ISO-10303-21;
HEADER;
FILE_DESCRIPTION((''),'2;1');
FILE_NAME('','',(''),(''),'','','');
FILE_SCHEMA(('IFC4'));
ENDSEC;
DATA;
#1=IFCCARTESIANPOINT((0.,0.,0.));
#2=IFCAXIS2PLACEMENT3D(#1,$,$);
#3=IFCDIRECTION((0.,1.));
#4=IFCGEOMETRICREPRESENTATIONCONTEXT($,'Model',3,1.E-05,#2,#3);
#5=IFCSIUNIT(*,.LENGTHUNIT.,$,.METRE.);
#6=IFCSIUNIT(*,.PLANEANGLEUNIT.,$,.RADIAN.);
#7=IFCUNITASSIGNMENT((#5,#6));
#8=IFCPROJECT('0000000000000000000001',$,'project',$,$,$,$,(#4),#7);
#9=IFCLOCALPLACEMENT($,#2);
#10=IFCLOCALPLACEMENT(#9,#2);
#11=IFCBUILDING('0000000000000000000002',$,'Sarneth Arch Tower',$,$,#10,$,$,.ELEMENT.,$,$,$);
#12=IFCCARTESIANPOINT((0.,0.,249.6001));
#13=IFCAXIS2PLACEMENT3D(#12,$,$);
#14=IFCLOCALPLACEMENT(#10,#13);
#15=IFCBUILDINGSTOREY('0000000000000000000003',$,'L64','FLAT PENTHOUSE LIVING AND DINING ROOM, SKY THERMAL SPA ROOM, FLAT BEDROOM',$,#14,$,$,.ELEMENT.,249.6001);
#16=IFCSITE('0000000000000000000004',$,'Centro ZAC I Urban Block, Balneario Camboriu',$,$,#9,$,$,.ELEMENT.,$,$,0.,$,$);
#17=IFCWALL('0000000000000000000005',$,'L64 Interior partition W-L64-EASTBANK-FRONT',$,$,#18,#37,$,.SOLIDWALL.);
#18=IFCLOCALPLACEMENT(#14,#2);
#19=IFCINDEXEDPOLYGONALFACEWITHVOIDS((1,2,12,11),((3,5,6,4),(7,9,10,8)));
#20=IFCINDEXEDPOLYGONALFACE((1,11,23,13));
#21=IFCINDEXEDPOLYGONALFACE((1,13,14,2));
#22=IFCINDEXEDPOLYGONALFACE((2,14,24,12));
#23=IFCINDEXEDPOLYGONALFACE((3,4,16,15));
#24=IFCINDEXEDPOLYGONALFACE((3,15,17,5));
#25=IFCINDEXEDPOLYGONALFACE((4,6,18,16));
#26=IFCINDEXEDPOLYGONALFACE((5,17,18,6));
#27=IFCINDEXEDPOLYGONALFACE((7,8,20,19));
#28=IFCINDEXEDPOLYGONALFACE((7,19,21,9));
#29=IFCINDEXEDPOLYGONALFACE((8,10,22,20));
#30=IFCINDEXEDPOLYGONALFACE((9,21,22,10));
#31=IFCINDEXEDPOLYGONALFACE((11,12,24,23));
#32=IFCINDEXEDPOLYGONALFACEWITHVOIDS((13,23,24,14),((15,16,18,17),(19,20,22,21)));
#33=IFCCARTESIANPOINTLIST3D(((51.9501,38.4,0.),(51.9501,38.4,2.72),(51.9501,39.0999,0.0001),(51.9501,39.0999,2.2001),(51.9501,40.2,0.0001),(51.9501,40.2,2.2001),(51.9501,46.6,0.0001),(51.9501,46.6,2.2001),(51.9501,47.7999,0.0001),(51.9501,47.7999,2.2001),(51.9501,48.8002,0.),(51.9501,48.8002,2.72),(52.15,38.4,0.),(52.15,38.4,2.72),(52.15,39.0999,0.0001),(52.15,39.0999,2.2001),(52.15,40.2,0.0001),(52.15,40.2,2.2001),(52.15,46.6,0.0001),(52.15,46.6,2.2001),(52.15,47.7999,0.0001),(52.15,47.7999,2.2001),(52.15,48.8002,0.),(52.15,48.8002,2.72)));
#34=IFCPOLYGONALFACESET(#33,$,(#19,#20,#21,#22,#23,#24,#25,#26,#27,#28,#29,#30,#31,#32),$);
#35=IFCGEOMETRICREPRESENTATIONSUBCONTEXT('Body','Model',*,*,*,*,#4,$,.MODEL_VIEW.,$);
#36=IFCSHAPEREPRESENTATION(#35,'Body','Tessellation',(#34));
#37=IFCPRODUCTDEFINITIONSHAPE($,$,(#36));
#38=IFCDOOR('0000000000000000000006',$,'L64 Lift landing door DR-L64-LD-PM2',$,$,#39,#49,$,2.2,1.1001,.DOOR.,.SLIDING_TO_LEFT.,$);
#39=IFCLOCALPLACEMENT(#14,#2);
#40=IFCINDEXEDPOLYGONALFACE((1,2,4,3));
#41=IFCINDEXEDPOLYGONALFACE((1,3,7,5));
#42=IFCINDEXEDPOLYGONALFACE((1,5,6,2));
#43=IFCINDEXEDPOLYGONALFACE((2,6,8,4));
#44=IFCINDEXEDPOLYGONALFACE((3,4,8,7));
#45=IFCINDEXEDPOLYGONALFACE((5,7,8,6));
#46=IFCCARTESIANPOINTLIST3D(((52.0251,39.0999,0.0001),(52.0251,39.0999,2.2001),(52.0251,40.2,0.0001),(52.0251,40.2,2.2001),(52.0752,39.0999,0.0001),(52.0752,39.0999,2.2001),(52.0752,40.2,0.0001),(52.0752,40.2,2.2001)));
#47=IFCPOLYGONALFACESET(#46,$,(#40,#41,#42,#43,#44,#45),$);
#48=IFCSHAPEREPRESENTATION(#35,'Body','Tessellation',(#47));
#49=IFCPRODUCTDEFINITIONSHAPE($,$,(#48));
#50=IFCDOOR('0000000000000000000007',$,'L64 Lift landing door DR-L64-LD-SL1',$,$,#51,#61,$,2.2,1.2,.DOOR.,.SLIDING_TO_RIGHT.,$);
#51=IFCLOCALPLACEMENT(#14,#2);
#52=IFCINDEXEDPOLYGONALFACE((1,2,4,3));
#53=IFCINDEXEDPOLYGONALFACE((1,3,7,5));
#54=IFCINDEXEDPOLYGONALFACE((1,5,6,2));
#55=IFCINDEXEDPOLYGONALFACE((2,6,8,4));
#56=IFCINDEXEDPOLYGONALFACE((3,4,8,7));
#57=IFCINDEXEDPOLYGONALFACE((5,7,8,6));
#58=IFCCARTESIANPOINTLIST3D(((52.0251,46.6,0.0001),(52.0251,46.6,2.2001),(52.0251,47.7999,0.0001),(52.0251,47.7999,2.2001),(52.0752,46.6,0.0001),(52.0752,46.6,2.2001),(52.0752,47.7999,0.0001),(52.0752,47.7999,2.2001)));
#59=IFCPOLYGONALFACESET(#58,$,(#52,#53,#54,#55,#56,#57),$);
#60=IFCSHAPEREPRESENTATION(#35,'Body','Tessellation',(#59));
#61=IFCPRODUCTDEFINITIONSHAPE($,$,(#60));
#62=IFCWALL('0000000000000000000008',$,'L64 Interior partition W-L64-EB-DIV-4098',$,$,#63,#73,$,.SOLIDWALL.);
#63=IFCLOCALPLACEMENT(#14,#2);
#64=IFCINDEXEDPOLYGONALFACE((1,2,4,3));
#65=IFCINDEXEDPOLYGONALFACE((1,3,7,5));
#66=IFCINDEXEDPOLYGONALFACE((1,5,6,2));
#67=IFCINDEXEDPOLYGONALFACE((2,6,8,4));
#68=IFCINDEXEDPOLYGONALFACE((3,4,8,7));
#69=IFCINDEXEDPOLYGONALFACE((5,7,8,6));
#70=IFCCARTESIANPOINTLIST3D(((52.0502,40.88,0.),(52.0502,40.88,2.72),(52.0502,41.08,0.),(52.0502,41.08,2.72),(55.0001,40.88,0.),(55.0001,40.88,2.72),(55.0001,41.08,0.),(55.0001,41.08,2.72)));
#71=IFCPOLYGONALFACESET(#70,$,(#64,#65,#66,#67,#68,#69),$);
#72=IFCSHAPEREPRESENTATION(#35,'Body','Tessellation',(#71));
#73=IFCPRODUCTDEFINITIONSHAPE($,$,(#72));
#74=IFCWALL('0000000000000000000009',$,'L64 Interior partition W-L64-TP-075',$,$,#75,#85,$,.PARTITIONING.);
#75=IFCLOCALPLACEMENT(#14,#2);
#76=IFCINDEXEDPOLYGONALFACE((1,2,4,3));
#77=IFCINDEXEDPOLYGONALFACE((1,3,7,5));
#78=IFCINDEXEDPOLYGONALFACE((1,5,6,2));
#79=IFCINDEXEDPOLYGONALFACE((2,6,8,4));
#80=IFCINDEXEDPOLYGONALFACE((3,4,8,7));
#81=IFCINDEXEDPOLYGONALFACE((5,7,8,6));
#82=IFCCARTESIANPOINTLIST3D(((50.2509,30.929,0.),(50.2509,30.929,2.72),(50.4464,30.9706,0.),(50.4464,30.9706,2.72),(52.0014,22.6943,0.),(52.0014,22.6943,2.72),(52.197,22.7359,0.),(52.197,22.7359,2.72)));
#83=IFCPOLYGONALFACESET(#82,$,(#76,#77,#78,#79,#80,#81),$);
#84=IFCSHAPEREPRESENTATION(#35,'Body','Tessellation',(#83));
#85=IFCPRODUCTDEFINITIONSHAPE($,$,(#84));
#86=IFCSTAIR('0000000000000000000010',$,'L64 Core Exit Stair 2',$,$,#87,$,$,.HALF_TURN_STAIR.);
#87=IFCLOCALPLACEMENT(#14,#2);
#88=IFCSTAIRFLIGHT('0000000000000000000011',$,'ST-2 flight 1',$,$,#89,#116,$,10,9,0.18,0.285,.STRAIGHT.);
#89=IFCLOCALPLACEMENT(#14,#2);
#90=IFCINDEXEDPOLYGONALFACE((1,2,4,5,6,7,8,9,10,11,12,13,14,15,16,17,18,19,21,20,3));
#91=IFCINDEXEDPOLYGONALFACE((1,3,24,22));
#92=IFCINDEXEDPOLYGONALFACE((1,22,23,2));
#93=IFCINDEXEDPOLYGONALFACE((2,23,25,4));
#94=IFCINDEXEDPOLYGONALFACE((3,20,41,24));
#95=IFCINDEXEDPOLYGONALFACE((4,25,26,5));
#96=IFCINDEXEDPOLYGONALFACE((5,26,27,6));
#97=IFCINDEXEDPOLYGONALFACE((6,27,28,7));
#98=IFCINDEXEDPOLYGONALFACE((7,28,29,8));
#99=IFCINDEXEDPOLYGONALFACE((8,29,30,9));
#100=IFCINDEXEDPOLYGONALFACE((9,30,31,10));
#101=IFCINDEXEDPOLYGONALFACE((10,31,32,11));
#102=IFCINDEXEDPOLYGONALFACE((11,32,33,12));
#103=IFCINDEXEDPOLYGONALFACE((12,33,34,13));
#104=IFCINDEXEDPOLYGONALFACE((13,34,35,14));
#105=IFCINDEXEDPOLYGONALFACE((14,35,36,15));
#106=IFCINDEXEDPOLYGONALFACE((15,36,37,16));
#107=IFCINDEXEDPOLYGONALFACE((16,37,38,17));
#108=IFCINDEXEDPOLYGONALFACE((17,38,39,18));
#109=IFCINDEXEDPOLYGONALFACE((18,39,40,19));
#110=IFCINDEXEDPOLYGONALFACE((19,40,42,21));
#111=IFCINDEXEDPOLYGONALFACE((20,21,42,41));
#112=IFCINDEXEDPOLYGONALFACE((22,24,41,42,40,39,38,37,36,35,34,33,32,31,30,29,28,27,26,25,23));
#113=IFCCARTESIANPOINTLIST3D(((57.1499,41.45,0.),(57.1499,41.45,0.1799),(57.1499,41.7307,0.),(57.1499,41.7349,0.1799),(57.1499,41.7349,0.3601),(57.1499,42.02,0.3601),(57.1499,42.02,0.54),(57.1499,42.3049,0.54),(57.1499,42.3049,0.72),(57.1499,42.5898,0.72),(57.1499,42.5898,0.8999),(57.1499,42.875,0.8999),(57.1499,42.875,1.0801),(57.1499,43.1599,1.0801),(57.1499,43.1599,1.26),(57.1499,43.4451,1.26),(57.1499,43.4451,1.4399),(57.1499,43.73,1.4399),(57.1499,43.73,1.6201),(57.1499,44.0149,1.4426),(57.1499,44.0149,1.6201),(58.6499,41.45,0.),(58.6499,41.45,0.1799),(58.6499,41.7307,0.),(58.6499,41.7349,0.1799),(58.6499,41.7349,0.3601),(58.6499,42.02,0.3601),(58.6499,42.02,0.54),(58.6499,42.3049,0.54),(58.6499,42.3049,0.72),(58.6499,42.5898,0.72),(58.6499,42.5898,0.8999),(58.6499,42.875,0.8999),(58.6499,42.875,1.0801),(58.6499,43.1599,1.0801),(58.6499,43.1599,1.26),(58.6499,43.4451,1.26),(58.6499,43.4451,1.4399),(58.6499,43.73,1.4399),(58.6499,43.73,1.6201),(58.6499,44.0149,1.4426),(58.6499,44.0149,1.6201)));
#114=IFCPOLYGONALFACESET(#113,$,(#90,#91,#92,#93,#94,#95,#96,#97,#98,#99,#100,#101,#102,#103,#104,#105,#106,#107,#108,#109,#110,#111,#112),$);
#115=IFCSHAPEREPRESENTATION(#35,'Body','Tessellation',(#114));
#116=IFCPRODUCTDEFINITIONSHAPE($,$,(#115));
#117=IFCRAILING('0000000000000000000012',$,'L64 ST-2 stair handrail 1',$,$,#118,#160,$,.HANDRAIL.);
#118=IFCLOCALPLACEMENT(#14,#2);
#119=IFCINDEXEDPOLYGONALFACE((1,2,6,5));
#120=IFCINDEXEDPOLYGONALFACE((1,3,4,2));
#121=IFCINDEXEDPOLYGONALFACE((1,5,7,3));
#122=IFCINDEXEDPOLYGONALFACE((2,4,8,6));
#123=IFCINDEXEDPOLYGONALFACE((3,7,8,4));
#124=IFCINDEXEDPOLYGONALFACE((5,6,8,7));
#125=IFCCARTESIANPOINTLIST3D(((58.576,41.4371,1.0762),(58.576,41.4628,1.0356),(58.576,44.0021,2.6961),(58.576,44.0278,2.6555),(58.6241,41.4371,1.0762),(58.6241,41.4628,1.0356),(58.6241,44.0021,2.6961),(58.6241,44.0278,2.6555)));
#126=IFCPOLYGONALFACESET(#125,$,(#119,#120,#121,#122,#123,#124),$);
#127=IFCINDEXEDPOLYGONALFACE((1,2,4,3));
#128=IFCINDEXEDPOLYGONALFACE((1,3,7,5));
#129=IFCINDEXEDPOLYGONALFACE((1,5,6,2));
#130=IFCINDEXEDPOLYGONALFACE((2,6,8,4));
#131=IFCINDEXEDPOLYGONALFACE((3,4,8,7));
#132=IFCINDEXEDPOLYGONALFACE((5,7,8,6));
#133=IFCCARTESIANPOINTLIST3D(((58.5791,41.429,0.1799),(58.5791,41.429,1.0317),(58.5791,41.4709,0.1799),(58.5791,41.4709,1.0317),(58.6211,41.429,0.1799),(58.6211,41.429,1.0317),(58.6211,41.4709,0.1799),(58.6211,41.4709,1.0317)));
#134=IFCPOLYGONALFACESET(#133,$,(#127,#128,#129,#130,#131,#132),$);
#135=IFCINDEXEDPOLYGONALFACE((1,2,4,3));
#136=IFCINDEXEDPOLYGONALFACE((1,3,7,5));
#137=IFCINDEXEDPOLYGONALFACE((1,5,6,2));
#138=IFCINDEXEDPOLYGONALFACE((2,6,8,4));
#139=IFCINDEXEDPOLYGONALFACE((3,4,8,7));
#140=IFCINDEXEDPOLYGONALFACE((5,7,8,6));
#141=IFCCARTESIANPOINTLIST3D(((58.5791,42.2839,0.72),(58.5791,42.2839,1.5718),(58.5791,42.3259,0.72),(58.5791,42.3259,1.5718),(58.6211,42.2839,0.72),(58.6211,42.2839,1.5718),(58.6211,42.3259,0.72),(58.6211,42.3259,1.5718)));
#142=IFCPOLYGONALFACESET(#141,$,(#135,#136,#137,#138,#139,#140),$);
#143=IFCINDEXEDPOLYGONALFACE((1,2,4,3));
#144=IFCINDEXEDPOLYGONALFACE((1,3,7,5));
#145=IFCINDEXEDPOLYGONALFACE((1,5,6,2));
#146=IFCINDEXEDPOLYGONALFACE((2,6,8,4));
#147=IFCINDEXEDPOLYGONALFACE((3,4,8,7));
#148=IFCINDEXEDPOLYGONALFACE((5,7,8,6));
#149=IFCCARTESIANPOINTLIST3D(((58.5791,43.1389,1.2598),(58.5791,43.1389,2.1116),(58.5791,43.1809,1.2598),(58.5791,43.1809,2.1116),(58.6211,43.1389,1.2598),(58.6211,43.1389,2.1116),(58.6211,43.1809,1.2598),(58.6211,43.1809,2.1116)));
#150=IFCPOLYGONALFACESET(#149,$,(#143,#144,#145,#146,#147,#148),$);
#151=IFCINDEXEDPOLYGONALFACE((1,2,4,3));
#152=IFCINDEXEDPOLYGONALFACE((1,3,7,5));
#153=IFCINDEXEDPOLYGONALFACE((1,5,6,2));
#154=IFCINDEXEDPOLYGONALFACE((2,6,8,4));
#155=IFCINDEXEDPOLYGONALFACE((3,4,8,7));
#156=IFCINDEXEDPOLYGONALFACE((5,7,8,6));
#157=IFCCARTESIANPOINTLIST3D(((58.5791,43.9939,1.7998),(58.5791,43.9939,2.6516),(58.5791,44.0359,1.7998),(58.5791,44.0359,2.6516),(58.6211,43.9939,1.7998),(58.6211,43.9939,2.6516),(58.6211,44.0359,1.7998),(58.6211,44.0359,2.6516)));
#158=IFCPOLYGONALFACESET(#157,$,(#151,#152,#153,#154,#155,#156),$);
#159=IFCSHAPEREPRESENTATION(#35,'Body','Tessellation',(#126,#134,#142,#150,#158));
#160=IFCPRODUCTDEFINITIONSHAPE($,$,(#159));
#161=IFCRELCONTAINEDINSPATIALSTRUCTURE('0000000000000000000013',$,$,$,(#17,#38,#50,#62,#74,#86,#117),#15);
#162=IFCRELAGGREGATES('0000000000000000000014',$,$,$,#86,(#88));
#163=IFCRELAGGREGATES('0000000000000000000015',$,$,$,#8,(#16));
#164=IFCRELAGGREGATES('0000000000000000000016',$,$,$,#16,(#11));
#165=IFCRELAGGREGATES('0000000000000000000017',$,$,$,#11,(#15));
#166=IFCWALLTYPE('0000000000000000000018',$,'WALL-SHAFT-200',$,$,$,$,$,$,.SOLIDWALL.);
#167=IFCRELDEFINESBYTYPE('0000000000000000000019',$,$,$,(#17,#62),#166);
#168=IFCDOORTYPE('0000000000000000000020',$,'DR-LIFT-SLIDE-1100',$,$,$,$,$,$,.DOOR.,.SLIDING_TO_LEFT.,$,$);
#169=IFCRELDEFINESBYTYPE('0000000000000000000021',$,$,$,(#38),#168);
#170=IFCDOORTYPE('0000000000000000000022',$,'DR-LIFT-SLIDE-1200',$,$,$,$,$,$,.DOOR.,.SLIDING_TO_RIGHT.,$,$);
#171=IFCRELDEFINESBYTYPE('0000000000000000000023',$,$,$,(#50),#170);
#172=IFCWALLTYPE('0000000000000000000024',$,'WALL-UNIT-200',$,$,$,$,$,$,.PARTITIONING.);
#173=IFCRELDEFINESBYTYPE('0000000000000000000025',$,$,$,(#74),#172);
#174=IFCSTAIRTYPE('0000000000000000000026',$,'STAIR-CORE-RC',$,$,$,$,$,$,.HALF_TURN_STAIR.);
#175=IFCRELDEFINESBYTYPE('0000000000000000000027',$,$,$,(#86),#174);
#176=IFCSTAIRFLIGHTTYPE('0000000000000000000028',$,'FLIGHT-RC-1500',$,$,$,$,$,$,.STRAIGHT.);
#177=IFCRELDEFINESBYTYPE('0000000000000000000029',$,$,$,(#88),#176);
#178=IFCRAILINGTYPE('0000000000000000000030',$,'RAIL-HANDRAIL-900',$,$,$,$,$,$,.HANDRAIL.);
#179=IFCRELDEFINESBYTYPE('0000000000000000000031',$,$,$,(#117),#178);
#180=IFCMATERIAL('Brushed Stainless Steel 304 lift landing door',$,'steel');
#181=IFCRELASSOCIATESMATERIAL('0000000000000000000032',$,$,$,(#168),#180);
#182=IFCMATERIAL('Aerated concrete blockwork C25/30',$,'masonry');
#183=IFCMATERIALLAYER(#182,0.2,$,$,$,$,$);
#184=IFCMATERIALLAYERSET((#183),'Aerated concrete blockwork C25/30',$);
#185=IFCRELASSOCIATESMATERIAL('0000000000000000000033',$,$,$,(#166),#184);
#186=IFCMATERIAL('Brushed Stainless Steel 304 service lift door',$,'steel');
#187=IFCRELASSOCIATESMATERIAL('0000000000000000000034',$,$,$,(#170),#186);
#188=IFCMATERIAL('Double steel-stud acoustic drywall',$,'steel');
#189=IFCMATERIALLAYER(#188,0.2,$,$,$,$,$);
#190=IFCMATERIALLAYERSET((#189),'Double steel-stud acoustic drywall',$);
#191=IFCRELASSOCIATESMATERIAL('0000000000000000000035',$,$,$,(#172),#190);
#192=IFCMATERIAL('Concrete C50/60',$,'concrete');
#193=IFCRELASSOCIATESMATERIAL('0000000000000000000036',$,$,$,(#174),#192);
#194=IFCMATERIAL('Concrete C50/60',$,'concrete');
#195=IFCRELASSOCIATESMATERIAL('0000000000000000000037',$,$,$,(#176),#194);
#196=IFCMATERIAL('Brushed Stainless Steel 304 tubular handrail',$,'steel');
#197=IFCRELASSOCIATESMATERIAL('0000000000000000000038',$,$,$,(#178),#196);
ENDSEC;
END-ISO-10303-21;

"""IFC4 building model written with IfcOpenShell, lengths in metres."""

from ifc_helpers import new_model, si_unit, direction, frame, frame_2d, origin, origin_2d, place, context, subcontext, project, spatial, polyline, rectangle, outline, extrude, material, layer, layer_set, type_object, element, fill, aggregate, save


model = new_model("IFC4")

# Units and contexts
model_context = context("Model", 3, precision=1e-05, world=origin(), true_north=direction((0.0, 1.0)))
body_context = subcontext(model_context, "Body", "Model", "MODEL_VIEW")
ifc_project = project(units=[si_unit("LENGTHUNIT", "METRE"), si_unit("PLANEANGLEUNIT", "RADIAN")], contexts=[model_context])

# Site, building, storey
site_placement = place(None, origin())
site = spatial("IfcSite", under=ifc_project, at=site_placement, Name="Centro ZAC I Urban Block, Balneario Camboriu", CompositionType="ELEMENT", RefElevation=0.0)
building_placement = place(site_placement, origin())
building = spatial("IfcBuilding", under=site, at=building_placement, Name="Sarneth Arch Tower", CompositionType="ELEMENT")
storey_placement = place(building_placement, frame((0.0, 0.0, 249.6001)))
storey = spatial("IfcBuildingStorey", under=building, at=storey_placement, Name="L64", Description="FLAT PENTHOUSE LIVING AND DINING ROOM, SKY THERMAL SPA ROOM, FLAT BEDROOM", CompositionType="ELEMENT", Elevation=249.6001)

# Shared definitions
ifc_material_1 = material(Name="Brushed Stainless Steel 304 lift landing door", Category="steel")
door_type_1 = type_object("IfcDoorType", Name="DR-LIFT-SLIDE-1100", OperationType="SLIDING_TO_LEFT", PredefinedType="DOOR", material=ifc_material_1)

# Shared definitions
ifc_material_2 = material(Name="Aerated concrete blockwork C25/30", Category="masonry")
ifc_layer_1 = layer(ifc_material_2, 0.2)
ifc_layer_set_1 = layer_set([ifc_layer_1], Name="Aerated concrete blockwork C25/30")
wall_type_1 = type_object("IfcWallType", Name="WALL-SHAFT-200", PredefinedType="SOLIDWALL", material=ifc_layer_set_1)

# Wall, openings, doors
wall_1_placement = place(storey_placement, frame((52.05, 38.3999, 0.0), z_axis=(0.0, 0.0, 1.0), x_axis=(0.0, 1.0, 0.0)))
wall_1 = element("IfcWall", 1, at=wall_1_placement, inside=storey, type_object=wall_type_1, Name="L64 Interior partition W-L64-EASTBANK-FRONT", PredefinedType="SOLIDWALL", context=body_context, shape_type="SweptSolid", body=[
    extrude(rectangle(XDim=10.4001, YDim=0.2, at=frame_2d((5.2002, 0.0))), origin(), (0.0, 0.0, 1.0), 2.72),
])
opening_1_placement = place(wall_1_placement, frame((0.7, 0.0, 0.0)))
opening_1 = element("IfcOpeningElement", 2, at=opening_1_placement, cuts=wall_1, PredefinedType="OPENING", context=body_context, shape_type="SweptSolid", body=[
    extrude(rectangle(XDim=1.1001, YDim=2.2, at=frame_2d((0.55, 1.1001))), frame((0.0, 0.1099, 0.0), z_axis=(0.0, -1.0, 0.0), x_axis=(1.0, 0.0, 0.0)), (0.0, 0.0, 1.0), 0.22),
])
opening_2_placement = place(wall_1_placement, frame((8.2, 0.0, 0.0)))
opening_2 = element("IfcOpeningElement", 3, at=opening_2_placement, cuts=wall_1, PredefinedType="OPENING", context=body_context, shape_type="SweptSolid", body=[
    extrude(rectangle(XDim=1.2, YDim=2.2, at=frame_2d((0.6001, 1.1001))), frame((0.0, 0.1099, 0.0), z_axis=(0.0, -1.0, 0.0), x_axis=(1.0, 0.0, 0.0)), (0.0, 0.0, 1.0), 0.22),
])
door_1_placement = place(opening_1_placement, origin())
door_1 = element("IfcDoor", 4, at=door_1_placement, inside=storey, type_object=door_type_1, Name="L64 Lift landing door DR-L64-LD-PM2", OperationType="SLIDING_TO_LEFT", OverallHeight=2.2, OverallWidth=1.1001, PredefinedType="DOOR", context=body_context, shape_type="SweptSolid", body=[
    extrude(rectangle(XDim=1.1001, YDim=2.2, at=frame_2d((0.55, 1.1001))), frame((0.0, 0.0249, 0.0), z_axis=(0.0, -1.0, 0.0), x_axis=(1.0, 0.0, 0.0)), (0.0, 0.0, 1.0), 0.05),
])
fill(opening_1, door_1)
ifc_material_3 = material(Name="Brushed Stainless Steel 304 service lift door", Category="steel")
door_type_2 = type_object("IfcDoorType", Name="DR-LIFT-SLIDE-1200", OperationType="SLIDING_TO_RIGHT", PredefinedType="DOOR", material=ifc_material_3)
door_2_placement = place(opening_2_placement, origin())
door_2 = element("IfcDoor", 5, at=door_2_placement, inside=storey, type_object=door_type_2, Name="L64 Lift landing door DR-L64-LD-SL1", OperationType="SLIDING_TO_RIGHT", OverallHeight=2.2, OverallWidth=1.2, PredefinedType="DOOR", context=body_context, shape_type="SweptSolid", body=[
    extrude(rectangle(XDim=1.2, YDim=2.2, at=frame_2d((0.6001, 1.1001))), frame((0.0, 0.0249, 0.0), z_axis=(0.0, -1.0, 0.0), x_axis=(1.0, 0.0, 0.0)), (0.0, 0.0, 1.0), 0.05),
])
fill(opening_2, door_2)

# Walls
wall_2_placement = place(storey_placement, frame((52.05, 40.98, 0.0), z_axis=(0.0, 0.0, 1.0), x_axis=(1.0, 0.0, 0.0)))
element("IfcWall", 6, at=wall_2_placement, inside=storey, type_object=wall_type_1, Name="L64 Interior partition W-L64-EB-DIV-4098", PredefinedType="SOLIDWALL", context=body_context, shape_type="SweptSolid", body=[
    extrude(rectangle(XDim=2.95, YDim=0.2, at=frame_2d((1.4751, 0.0))), origin(), (0.0, 0.0, 1.0), 2.72),
])
ifc_material_4 = material(Name="Double steel-stud acoustic drywall", Category="steel")
ifc_layer_2 = layer(ifc_material_4, 0.2)
ifc_layer_set_2 = layer_set([ifc_layer_2], Name="Double steel-stud acoustic drywall")
wall_type_2 = type_object("IfcWallType", Name="WALL-UNIT-200", PredefinedType="PARTITIONING", material=ifc_layer_set_2)
wall_3_placement = place(storey_placement, frame((50.3486, 30.95, 0.0), z_axis=(0.0, 0.0, 1.0), x_axis=(0.207931, -0.978144, 0.0)))
element("IfcWall", 7, at=wall_3_placement, inside=storey, type_object=wall_type_2, Name="L64 Interior partition W-L64-TP-075", PredefinedType="PARTITIONING", context=body_context, shape_type="SweptSolid", body=[
    extrude(rectangle(XDim=8.4187, YDim=0.2, at=frame_2d((4.2095, 0.0))), origin(), (0.0, 0.0, 1.0), 2.72),
])

# Stair, stair flight
ifc_material_5 = material(Name="Concrete C50/60", Category="concrete")
stair_type = type_object("IfcStairType", Name="STAIR-CORE-RC", PredefinedType="HALF_TURN_STAIR", material=ifc_material_5)
stair_placement = place(storey_placement, origin())
stair = element("IfcStair", 8, at=stair_placement, inside=storey, type_object=stair_type, Name="L64 Core Exit Stair 2", PredefinedType="HALF_TURN_STAIR")
ifc_material_6 = material(Name="Concrete C50/60", Category="concrete")
stair_flight_type = type_object("IfcStairFlightType", Name="FLIGHT-RC-1500", PredefinedType="STRAIGHT", material=ifc_material_6)
stair_flight_placement = place(storey_placement, frame((57.8999, 41.45, 0.0), z_axis=(0.0, 0.0, 1.0), x_axis=(0.0, 1.0, 0.0)))
stair_flight = element("IfcStairFlight", 9, at=stair_flight_placement, type_object=stair_flight_type, Name="ST-2 flight 1", NumberOfRisers=10, NumberOfTreads=9, PredefinedType="STRAIGHT", RiserHeight=0.18, TreadLength=0.285, context=body_context, shape_type="SweptSolid", body=[
    extrude(outline(polyline([(0.0, 0.0), (0.0, 0.1799), (0.2849, 0.1799), (0.2849, 0.3601), (0.5701, 0.3601), (0.5701, 0.54), (0.855, 0.54), (0.855, 0.72), (1.1399, 0.72), (1.1399, 0.8999), (1.425, 0.8999), (1.425, 1.0801), (1.71, 1.0801), (1.71, 1.26), (1.9951, 1.26), (1.9951, 1.4399), (2.28, 1.4399), (2.28, 1.6201), (2.5649, 1.6201), (2.5649, 1.8), (2.5649, 1.4426), (0.2808, 0.0), (0.0, 0.0)])), frame((0.0, 0.75, 0.0), z_axis=(0.0, -1.0, 0.0), x_axis=(1.0, 0.0, 0.0)), (0.0, 0.0, 1.0), 1.5),
])
aggregate(stair, [stair_flight])

# Railing
ifc_material_7 = material(Name="Brushed Stainless Steel 304 tubular handrail", Category="steel")
railing_type_1 = type_object("IfcRailingType", Name="RAIL-HANDRAIL-900", PredefinedType="HANDRAIL", material=ifc_material_7)
railing_1_placement = place(storey_placement, frame((58.6001, 41.45, 0.1799)))
element("IfcRailing", 10, at=railing_1_placement, inside=storey, type_object=railing_type_1, Name="L64 ST-2 stair handrail 1", PredefinedType="HANDRAIL", context=body_context, shape_type="SweptSolid", body=[
    extrude(rectangle(XDim=0.0481, YDim=0.0481, at=origin_2d()), frame((0.0, 0.0, 0.876), z_axis=(0.0, 0.845502, 0.533972), x_axis=(-1.0, 0.0, 0.0)), (0.0, 0.0, 1.0), 3.0337),
    extrude(rectangle(XDim=0.042, YDim=0.042, at=origin_2d()), origin(), (0.0, 0.0, 1.0), 0.8518),
    extrude(rectangle(XDim=0.042, YDim=0.042, at=origin_2d()), frame((0.0, 0.855, 0.54)), (0.0, 0.0, 1.0), 0.8518),
    extrude(rectangle(XDim=0.042, YDim=0.042, at=origin_2d()), frame((0.0, 1.71, 1.0798)), (0.0, 0.0, 1.0), 0.8518),
    extrude(rectangle(XDim=0.042, YDim=0.042, at=origin_2d()), frame((0.0, 2.5649, 1.6199)), (0.0, 0.0, 1.0), 0.8518),
])

save(model, "model.ifc")
